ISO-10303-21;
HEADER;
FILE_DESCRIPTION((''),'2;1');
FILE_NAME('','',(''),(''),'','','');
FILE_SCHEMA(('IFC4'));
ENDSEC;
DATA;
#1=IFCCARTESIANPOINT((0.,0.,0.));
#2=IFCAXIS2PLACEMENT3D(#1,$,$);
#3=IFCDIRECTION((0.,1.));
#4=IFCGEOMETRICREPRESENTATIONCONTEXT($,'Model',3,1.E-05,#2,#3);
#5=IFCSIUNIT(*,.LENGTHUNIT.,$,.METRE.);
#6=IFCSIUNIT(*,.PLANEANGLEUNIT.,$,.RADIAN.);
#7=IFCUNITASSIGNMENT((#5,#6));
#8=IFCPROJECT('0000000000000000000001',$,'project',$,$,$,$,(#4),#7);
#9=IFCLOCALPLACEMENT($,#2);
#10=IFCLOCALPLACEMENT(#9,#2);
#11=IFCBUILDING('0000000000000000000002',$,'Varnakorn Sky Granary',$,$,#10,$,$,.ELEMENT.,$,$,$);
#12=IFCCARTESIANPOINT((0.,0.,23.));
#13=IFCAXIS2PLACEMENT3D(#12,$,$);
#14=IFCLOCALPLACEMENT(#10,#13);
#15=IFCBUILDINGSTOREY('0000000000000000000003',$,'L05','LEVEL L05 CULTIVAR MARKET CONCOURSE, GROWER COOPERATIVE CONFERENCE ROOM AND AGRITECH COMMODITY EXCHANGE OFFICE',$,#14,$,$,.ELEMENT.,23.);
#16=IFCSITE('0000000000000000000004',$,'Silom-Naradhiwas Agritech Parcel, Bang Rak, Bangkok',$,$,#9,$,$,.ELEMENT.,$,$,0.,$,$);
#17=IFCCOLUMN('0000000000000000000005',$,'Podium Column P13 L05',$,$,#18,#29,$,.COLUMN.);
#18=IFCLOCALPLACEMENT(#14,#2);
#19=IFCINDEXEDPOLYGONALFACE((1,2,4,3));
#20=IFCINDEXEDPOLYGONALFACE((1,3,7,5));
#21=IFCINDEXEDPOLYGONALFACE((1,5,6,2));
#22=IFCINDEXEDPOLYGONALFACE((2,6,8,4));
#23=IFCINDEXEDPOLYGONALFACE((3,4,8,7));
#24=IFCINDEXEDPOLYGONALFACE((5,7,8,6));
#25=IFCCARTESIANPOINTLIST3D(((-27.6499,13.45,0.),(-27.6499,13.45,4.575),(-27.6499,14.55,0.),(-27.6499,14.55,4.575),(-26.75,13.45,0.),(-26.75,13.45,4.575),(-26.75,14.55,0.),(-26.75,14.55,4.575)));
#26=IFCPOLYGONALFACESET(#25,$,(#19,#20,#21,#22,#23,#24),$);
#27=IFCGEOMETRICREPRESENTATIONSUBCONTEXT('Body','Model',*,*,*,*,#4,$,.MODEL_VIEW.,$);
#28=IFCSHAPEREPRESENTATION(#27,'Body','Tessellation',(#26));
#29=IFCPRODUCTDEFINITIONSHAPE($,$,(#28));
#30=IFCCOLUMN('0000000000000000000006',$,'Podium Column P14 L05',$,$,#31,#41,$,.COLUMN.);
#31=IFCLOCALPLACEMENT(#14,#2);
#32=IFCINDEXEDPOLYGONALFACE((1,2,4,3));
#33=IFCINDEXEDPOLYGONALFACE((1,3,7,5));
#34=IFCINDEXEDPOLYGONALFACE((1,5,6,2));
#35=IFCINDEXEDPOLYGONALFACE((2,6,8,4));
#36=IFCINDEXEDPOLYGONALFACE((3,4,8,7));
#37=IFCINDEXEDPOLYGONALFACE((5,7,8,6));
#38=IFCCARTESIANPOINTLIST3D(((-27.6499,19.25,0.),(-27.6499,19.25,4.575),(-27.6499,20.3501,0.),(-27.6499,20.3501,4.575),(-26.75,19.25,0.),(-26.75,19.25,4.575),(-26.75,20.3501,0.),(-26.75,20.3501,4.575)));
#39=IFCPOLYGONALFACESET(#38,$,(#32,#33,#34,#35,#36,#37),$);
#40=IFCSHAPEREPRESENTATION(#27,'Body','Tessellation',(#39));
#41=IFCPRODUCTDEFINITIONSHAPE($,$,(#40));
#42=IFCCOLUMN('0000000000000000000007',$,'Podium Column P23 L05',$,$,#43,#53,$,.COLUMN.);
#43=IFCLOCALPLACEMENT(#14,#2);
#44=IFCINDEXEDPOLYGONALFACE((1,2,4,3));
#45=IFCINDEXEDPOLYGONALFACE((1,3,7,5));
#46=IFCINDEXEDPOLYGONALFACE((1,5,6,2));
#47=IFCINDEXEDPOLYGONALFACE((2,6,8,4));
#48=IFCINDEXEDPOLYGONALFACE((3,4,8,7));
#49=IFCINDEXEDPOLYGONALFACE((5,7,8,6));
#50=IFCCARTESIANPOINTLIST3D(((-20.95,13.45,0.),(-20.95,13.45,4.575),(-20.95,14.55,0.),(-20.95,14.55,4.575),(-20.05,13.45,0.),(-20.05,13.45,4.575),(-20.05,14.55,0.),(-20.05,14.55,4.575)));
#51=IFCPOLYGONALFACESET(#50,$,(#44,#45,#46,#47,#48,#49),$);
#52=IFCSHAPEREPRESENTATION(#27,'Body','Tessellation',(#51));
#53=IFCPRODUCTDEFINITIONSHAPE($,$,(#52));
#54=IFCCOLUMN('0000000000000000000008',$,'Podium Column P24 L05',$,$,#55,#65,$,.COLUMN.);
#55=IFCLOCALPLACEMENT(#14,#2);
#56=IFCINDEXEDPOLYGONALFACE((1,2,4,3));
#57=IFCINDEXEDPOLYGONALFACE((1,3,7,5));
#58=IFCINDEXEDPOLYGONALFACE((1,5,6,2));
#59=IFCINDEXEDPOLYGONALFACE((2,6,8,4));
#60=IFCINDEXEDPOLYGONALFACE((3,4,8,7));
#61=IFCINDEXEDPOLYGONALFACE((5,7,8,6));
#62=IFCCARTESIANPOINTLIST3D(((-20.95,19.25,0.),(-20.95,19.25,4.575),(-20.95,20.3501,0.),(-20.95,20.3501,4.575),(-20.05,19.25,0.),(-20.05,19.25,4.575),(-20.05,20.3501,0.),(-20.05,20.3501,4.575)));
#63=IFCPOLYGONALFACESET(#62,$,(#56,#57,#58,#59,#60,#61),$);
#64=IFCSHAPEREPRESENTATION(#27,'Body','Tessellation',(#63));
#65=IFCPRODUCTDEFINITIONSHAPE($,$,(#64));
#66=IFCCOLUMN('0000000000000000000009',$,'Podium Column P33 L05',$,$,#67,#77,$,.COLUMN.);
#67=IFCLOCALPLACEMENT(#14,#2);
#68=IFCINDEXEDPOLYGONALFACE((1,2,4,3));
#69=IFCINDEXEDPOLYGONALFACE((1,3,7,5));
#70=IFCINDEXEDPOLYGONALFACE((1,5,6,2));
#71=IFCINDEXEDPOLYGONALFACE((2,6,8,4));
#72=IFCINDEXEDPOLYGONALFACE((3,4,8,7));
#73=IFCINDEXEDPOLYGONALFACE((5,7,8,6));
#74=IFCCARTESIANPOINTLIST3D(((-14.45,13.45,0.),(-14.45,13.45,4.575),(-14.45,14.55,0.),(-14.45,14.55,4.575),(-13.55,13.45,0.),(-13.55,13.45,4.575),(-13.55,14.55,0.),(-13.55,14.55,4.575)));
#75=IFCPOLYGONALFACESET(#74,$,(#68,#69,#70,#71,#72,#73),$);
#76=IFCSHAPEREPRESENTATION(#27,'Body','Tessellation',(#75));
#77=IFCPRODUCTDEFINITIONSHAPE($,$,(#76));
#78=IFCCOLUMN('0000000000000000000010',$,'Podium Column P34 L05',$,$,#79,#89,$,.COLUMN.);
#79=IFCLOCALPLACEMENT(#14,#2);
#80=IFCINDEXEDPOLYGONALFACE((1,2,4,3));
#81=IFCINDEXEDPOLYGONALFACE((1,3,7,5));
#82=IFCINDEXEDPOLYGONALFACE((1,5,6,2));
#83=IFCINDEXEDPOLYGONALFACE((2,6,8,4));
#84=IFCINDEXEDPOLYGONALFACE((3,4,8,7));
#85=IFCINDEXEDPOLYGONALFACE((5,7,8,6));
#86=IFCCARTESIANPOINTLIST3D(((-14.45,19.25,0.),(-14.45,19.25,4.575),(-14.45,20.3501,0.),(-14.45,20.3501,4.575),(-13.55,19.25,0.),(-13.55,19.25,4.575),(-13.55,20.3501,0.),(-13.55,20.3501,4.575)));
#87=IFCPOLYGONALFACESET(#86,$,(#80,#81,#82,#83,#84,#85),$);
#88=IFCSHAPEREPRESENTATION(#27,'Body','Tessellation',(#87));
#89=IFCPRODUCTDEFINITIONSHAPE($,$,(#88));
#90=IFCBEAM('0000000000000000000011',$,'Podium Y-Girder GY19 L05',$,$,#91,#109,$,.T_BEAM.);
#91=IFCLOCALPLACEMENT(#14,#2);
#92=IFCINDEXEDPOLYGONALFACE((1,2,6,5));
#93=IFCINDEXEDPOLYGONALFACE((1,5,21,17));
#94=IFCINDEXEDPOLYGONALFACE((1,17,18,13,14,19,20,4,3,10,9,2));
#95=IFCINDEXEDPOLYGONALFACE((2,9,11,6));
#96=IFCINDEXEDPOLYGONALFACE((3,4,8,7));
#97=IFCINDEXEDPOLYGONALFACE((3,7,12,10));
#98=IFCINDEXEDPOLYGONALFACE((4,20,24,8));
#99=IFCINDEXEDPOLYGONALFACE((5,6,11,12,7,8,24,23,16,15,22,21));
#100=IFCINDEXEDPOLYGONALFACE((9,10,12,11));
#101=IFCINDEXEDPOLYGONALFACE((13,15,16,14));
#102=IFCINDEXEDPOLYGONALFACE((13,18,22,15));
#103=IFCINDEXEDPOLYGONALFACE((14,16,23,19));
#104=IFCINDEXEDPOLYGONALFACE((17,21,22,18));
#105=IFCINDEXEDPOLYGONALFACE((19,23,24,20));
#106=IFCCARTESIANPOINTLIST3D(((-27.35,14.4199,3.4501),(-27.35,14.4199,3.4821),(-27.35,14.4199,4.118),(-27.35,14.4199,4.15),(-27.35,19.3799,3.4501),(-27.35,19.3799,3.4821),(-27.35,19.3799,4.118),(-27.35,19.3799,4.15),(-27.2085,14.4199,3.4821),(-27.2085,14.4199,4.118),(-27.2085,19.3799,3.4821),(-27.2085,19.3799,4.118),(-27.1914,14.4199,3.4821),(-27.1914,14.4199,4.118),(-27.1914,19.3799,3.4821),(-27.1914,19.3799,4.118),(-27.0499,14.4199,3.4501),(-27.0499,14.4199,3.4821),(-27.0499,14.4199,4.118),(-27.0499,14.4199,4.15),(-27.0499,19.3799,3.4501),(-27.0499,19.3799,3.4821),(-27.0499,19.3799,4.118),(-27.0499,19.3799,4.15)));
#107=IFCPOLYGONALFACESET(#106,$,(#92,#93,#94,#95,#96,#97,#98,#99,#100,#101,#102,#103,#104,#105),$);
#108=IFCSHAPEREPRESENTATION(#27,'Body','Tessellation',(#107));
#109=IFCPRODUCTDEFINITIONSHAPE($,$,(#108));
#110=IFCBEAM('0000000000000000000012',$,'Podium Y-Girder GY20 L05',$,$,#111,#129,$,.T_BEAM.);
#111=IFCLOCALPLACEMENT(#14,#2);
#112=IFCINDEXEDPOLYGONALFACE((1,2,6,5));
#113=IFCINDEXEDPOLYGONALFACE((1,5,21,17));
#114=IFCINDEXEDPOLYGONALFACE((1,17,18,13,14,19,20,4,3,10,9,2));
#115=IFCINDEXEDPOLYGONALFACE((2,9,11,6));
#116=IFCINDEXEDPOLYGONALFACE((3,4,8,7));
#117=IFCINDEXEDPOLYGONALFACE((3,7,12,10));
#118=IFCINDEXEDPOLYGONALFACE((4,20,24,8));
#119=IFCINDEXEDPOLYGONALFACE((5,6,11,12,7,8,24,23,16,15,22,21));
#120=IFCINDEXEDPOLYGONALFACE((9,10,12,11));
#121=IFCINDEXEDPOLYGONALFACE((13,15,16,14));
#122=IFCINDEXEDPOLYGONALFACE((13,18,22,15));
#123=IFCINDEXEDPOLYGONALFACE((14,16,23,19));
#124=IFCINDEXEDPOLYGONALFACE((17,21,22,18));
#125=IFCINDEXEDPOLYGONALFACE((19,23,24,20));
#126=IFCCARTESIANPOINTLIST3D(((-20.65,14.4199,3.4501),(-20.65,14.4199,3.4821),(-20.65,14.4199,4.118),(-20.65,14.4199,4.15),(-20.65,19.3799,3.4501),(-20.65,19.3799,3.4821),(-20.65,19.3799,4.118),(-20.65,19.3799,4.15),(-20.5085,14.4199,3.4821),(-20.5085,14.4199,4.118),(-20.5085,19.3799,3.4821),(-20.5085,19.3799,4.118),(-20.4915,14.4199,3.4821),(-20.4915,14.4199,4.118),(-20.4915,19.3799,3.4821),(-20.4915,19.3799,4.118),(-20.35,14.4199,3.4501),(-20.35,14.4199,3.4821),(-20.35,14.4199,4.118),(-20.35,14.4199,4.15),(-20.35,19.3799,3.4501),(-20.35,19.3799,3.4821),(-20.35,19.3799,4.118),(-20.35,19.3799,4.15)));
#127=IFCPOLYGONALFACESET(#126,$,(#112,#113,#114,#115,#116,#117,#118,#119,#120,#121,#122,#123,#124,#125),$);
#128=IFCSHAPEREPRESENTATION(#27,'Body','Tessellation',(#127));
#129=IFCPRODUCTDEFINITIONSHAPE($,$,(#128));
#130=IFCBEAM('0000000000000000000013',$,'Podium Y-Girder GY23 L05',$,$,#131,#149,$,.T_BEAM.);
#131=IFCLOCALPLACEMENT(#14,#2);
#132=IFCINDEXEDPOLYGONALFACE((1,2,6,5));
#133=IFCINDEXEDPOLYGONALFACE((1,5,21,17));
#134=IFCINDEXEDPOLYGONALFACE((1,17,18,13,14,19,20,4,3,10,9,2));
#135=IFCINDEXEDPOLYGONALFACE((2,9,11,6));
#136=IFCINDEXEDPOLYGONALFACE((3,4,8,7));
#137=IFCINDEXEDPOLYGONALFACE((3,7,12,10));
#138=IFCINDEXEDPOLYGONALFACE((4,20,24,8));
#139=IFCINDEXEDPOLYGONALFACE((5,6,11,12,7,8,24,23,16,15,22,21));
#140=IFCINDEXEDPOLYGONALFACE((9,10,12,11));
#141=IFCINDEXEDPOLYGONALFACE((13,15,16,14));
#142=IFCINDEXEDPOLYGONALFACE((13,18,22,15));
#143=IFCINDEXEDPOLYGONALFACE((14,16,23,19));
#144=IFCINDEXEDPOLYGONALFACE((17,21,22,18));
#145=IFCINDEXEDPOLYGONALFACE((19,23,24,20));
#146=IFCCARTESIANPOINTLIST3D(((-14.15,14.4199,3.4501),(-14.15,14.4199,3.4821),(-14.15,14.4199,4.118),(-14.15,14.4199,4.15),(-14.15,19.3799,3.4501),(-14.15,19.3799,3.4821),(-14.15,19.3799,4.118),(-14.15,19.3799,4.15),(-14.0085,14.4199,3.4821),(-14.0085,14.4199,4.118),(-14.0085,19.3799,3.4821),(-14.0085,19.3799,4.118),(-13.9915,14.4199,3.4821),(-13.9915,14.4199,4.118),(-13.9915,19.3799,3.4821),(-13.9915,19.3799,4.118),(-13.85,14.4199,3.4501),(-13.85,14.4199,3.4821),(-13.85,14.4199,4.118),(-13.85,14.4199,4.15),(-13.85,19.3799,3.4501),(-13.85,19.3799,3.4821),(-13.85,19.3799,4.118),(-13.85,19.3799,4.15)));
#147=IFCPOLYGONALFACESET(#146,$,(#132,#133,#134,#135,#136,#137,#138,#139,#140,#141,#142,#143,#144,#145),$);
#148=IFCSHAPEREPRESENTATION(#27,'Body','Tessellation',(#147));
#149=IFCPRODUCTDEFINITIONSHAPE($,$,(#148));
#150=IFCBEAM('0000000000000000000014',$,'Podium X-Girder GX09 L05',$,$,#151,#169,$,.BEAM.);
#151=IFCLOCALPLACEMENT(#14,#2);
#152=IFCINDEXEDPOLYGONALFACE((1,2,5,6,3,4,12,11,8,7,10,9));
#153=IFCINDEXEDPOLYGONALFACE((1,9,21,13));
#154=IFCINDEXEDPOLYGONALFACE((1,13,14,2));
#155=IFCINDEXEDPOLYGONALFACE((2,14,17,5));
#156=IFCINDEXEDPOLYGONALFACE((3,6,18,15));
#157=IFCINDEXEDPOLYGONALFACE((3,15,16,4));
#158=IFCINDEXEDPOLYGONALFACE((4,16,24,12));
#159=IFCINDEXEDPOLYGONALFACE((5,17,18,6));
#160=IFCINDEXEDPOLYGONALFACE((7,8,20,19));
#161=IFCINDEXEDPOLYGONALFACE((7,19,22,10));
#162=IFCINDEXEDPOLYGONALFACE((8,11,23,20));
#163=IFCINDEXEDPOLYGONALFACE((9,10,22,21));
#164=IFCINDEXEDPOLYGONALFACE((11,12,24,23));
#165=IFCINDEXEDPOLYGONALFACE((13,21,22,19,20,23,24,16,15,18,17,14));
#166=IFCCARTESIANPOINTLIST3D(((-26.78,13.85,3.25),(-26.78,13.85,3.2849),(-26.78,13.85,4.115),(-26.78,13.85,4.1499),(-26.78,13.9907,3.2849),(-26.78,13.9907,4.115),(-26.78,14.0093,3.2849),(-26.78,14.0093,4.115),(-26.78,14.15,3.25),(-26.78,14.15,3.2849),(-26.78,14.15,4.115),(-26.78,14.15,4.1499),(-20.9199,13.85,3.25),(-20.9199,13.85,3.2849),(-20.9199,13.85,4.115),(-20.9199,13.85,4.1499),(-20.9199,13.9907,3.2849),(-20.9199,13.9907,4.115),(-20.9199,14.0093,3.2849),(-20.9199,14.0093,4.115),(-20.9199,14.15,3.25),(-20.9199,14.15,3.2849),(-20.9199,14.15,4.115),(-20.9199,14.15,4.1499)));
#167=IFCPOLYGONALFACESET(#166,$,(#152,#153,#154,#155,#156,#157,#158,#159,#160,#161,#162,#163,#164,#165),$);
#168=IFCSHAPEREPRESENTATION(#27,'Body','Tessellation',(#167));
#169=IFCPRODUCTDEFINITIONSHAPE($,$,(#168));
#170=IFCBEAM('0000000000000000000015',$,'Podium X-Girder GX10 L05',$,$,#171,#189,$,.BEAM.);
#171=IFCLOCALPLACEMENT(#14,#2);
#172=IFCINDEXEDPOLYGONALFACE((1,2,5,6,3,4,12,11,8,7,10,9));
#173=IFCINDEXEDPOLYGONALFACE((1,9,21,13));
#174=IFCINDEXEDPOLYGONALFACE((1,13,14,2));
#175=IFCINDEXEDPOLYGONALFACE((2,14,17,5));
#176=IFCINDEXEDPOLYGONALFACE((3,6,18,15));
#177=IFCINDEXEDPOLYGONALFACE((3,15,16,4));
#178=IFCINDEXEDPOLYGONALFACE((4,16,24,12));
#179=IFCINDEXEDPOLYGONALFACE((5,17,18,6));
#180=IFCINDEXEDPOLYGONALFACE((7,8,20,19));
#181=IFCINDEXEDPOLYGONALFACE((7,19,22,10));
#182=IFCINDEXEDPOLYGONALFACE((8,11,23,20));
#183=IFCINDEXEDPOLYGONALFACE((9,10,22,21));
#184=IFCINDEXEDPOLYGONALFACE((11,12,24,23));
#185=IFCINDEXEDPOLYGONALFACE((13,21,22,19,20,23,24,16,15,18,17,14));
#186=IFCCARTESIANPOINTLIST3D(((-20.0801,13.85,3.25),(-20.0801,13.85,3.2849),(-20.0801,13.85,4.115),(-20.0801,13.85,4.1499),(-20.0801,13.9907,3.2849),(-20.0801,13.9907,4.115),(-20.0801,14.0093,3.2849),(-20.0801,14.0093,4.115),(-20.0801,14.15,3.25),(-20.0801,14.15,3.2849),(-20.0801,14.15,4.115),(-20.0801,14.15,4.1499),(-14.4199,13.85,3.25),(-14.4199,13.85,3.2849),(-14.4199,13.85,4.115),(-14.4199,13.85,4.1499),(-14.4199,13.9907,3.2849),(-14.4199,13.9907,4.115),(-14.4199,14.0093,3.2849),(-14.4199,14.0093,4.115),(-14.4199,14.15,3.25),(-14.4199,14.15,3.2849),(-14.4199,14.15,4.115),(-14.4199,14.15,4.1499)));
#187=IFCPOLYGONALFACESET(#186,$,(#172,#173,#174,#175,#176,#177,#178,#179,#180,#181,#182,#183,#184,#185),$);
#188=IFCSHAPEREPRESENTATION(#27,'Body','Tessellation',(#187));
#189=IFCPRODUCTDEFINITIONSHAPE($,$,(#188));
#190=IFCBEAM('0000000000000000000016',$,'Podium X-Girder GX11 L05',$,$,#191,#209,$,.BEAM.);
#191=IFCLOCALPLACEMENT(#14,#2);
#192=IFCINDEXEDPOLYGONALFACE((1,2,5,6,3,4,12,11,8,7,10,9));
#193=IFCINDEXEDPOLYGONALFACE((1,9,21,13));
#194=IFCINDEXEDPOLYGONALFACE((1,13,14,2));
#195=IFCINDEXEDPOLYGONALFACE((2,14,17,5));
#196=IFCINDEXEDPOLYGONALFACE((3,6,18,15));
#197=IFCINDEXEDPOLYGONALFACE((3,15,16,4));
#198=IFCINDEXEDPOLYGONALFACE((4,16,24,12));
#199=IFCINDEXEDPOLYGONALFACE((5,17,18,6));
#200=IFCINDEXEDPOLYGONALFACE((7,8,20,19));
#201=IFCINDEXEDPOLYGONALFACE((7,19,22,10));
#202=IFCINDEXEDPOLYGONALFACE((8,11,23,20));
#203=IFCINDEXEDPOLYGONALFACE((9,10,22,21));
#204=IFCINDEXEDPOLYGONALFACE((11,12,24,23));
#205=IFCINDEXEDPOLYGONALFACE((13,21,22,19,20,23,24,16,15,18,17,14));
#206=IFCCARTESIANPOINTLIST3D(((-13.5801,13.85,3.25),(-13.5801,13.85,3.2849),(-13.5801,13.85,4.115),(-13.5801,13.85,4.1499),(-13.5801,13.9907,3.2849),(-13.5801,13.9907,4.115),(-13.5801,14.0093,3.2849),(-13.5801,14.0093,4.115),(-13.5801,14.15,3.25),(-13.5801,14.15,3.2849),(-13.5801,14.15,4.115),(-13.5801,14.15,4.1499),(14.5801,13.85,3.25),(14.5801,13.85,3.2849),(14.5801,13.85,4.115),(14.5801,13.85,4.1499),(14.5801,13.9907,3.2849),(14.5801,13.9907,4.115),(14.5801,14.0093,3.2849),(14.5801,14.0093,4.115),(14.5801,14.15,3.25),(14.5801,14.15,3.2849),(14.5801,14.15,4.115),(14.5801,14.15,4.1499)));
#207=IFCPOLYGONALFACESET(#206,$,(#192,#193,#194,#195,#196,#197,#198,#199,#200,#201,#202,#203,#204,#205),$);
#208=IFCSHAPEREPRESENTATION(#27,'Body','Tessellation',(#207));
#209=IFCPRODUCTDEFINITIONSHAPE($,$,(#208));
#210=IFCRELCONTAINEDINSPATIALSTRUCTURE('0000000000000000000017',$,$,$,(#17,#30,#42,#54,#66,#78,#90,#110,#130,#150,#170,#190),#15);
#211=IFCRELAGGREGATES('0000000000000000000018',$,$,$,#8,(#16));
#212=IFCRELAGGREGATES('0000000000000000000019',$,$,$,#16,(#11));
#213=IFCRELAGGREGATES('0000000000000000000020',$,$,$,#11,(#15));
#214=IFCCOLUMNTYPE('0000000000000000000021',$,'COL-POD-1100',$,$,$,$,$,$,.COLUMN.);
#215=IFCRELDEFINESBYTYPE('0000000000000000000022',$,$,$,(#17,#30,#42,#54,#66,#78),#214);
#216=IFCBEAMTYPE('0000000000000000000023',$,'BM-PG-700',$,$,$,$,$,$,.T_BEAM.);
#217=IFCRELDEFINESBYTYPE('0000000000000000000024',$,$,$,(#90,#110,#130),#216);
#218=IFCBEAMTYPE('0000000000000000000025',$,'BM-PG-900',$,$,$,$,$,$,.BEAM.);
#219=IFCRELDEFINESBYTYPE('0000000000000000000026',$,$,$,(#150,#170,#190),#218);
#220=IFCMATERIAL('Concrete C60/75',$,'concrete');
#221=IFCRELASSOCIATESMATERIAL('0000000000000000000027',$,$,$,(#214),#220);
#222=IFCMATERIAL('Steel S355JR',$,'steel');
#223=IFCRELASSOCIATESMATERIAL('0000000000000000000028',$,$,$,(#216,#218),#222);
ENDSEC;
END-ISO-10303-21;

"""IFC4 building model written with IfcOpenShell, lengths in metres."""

from ifc_helpers import new_model, si_unit, direction, frame, origin, origin_2d, place, context, subcontext, project, spatial, rectangle, i_section, extrude, material, material_profile, profile_set, type_object, element, save


model = new_model("IFC4")

# Units and contexts
model_context = context("Model", 3, precision=1e-05, world=origin(), true_north=direction((0.0, 1.0)))
body_context = subcontext(model_context, "Body", "Model", "MODEL_VIEW")
ifc_project = project(units=[si_unit("LENGTHUNIT", "METRE"), si_unit("PLANEANGLEUNIT", "RADIAN")], contexts=[model_context])

# Site, building, storey
site_placement = place(None, origin())
site = spatial("IfcSite", under=ifc_project, at=site_placement, Name="Silom-Naradhiwas Agritech Parcel, Bang Rak, Bangkok", CompositionType="ELEMENT", RefElevation=0.0)
building_placement = place(site_placement, origin())
building = spatial("IfcBuilding", under=site, at=building_placement, Name="Varnakorn Sky Granary", CompositionType="ELEMENT")
storey_placement = place(building_placement, frame((0.0, 0.0, 23.0)))
storey = spatial("IfcBuildingStorey", under=building, at=storey_placement, Name="L05", Description="LEVEL L05 CULTIVAR MARKET CONCOURSE, GROWER COOPERATIVE CONFERENCE ROOM AND AGRITECH COMMODITY EXCHANGE OFFICE", CompositionType="ELEMENT", Elevation=23.0)

# Columns
ifc_material_1 = material(Name="Concrete C60/75", Category="concrete")
ifc_material_profile_1 = material_profile(ifc_material_1, rectangle(XDim=0.8999, YDim=1.1001, at=origin_2d()), Name="RC 900x1100")
ifc_profile_set_1 = profile_set([ifc_material_profile_1], Name="Concrete C60/75")
column_type = type_object("IfcColumnType", Name="COL-POD-1100", PredefinedType="COLUMN", material=ifc_profile_set_1)
for number, where, z_axis, x_axis, name in (
    (1, (-27.2, 14.0, 0.0), (0.0, 0.0, 1.0), (1.0, 0.0, 0.0), "Podium Column P13 L05"),
    (2, (-27.2, 19.8, 0.0), (0.0, 0.0, 1.0), (1.0, 0.0, 0.0), "Podium Column P14 L05"),
    (3, (-20.5, 14.0, 0.0), (0.0, 0.0, 1.0), (1.0, 0.0, 0.0), "Podium Column P23 L05"),
    (4, (-20.5, 19.8, 0.0), (0.0, 0.0, 1.0), (1.0, 0.0, 0.0), "Podium Column P24 L05"),
    (5, (-14.0, 14.0, 0.0), (0.0, 0.0, 1.0), (1.0, 0.0, 0.0), "Podium Column P33 L05"),
    (6, (-14.0, 19.8, 0.0), (0.0, 0.0, 1.0), (1.0, 0.0, 0.0), "Podium Column P34 L05"),
):
    element("IfcColumn", number, at=place(storey_placement, frame(where, z_axis=z_axis, x_axis=x_axis)), inside=storey, type_object=column_type, Name=name, PredefinedType="COLUMN", context=body_context, shape_type="SweptSolid", body=[
        extrude(rectangle(XDim=0.8999, YDim=1.1001, at=origin_2d()), origin(), (0.0, 0.0, 1.0), 4.575),
    ])

# Beams
ifc_material_2 = material(Name="Steel S355JR", Category="steel")
ifc_material_profile_2 = material_profile(ifc_material_2, i_section(OverallWidth=0.3, OverallDepth=0.7, WebThickness=0.0171, FlangeThickness=0.032, at=origin_2d()), Name="HE 700 B")
ifc_profile_set_2 = profile_set([ifc_material_profile_2], Name="Steel S355JR")
beam_type_1 = type_object("IfcBeamType", Name="BM-PG-700", PredefinedType="T_BEAM", material=ifc_profile_set_2)
for number, where, z_axis, x_axis, name in (
    (7, (-27.2, 14.4199, 3.8), (0.0, 1.0, 0.0), (-1.0, 0.0, 0.0), "Podium Y-Girder GY19 L05"),
    (8, (-20.5, 14.4199, 3.8), (0.0, 1.0, 0.0), (-1.0, 0.0, 0.0), "Podium Y-Girder GY20 L05"),
    (9, (-14.0, 14.4199, 3.8), (0.0, 1.0, 0.0), (-1.0, 0.0, 0.0), "Podium Y-Girder GY23 L05"),
):
    element("IfcBeam", number, at=place(storey_placement, frame(where, z_axis=z_axis, x_axis=x_axis)), inside=storey, type_object=beam_type_1, Name=name, PredefinedType="T_BEAM", context=body_context, shape_type="SweptSolid", body=[
        extrude(i_section(OverallWidth=0.3, OverallDepth=0.7, WebThickness=0.0171, FlangeThickness=0.032, at=origin_2d()), origin(), (0.0, 0.0, 1.0), 4.96),
    ])
ifc_material_profile_3 = material_profile(ifc_material_2, i_section(OverallWidth=0.3, OverallDepth=0.8999, WebThickness=0.0186, FlangeThickness=0.0349, at=origin_2d()), Name="HE 900 B")
ifc_profile_set_3 = profile_set([ifc_material_profile_3], Name="Steel S355JR")
beam_type_2 = type_object("IfcBeamType", Name="BM-PG-900", PredefinedType="BEAM", material=ifc_profile_set_3)
beam_1_placement = place(storey_placement, frame((-26.78, 14.0, 3.7), z_axis=(1.0, 0.0, 0.0), x_axis=(0.0, 1.0, 0.0)))
element("IfcBeam", 10, at=beam_1_placement, inside=storey, type_object=beam_type_2, Name="Podium X-Girder GX09 L05", PredefinedType="BEAM", context=body_context, shape_type="SweptSolid", body=[
    extrude(i_section(OverallWidth=0.3, OverallDepth=0.8999, WebThickness=0.0186, FlangeThickness=0.0349, at=origin_2d()), origin(), (0.0, 0.0, 1.0), 5.8601),
])
beam_2_placement = place(storey_placement, frame((-20.0801, 14.0, 3.7), z_axis=(1.0, 0.0, 0.0), x_axis=(0.0, 1.0, 0.0)))
element("IfcBeam", 11, at=beam_2_placement, inside=storey, type_object=beam_type_2, Name="Podium X-Girder GX10 L05", PredefinedType="BEAM", context=body_context, shape_type="SweptSolid", body=[
    extrude(i_section(OverallWidth=0.3, OverallDepth=0.8999, WebThickness=0.0186, FlangeThickness=0.0349, at=origin_2d()), origin(), (0.0, 0.0, 1.0), 5.6602),
])
beam_3_placement = place(storey_placement, frame((-13.5801, 14.0, 3.7), z_axis=(1.0, 0.0, 0.0), x_axis=(0.0, 1.0, 0.0)))
element("IfcBeam", 12, at=beam_3_placement, inside=storey, type_object=beam_type_2, Name="Podium X-Girder GX11 L05", PredefinedType="BEAM", context=body_context, shape_type="SweptSolid", body=[
    extrude(i_section(OverallWidth=0.3, OverallDepth=0.8999, WebThickness=0.0186, FlangeThickness=0.0349, at=origin_2d()), origin(), (0.0, 0.0, 1.0), 28.1602),
])

save(model, "model.ifc")
